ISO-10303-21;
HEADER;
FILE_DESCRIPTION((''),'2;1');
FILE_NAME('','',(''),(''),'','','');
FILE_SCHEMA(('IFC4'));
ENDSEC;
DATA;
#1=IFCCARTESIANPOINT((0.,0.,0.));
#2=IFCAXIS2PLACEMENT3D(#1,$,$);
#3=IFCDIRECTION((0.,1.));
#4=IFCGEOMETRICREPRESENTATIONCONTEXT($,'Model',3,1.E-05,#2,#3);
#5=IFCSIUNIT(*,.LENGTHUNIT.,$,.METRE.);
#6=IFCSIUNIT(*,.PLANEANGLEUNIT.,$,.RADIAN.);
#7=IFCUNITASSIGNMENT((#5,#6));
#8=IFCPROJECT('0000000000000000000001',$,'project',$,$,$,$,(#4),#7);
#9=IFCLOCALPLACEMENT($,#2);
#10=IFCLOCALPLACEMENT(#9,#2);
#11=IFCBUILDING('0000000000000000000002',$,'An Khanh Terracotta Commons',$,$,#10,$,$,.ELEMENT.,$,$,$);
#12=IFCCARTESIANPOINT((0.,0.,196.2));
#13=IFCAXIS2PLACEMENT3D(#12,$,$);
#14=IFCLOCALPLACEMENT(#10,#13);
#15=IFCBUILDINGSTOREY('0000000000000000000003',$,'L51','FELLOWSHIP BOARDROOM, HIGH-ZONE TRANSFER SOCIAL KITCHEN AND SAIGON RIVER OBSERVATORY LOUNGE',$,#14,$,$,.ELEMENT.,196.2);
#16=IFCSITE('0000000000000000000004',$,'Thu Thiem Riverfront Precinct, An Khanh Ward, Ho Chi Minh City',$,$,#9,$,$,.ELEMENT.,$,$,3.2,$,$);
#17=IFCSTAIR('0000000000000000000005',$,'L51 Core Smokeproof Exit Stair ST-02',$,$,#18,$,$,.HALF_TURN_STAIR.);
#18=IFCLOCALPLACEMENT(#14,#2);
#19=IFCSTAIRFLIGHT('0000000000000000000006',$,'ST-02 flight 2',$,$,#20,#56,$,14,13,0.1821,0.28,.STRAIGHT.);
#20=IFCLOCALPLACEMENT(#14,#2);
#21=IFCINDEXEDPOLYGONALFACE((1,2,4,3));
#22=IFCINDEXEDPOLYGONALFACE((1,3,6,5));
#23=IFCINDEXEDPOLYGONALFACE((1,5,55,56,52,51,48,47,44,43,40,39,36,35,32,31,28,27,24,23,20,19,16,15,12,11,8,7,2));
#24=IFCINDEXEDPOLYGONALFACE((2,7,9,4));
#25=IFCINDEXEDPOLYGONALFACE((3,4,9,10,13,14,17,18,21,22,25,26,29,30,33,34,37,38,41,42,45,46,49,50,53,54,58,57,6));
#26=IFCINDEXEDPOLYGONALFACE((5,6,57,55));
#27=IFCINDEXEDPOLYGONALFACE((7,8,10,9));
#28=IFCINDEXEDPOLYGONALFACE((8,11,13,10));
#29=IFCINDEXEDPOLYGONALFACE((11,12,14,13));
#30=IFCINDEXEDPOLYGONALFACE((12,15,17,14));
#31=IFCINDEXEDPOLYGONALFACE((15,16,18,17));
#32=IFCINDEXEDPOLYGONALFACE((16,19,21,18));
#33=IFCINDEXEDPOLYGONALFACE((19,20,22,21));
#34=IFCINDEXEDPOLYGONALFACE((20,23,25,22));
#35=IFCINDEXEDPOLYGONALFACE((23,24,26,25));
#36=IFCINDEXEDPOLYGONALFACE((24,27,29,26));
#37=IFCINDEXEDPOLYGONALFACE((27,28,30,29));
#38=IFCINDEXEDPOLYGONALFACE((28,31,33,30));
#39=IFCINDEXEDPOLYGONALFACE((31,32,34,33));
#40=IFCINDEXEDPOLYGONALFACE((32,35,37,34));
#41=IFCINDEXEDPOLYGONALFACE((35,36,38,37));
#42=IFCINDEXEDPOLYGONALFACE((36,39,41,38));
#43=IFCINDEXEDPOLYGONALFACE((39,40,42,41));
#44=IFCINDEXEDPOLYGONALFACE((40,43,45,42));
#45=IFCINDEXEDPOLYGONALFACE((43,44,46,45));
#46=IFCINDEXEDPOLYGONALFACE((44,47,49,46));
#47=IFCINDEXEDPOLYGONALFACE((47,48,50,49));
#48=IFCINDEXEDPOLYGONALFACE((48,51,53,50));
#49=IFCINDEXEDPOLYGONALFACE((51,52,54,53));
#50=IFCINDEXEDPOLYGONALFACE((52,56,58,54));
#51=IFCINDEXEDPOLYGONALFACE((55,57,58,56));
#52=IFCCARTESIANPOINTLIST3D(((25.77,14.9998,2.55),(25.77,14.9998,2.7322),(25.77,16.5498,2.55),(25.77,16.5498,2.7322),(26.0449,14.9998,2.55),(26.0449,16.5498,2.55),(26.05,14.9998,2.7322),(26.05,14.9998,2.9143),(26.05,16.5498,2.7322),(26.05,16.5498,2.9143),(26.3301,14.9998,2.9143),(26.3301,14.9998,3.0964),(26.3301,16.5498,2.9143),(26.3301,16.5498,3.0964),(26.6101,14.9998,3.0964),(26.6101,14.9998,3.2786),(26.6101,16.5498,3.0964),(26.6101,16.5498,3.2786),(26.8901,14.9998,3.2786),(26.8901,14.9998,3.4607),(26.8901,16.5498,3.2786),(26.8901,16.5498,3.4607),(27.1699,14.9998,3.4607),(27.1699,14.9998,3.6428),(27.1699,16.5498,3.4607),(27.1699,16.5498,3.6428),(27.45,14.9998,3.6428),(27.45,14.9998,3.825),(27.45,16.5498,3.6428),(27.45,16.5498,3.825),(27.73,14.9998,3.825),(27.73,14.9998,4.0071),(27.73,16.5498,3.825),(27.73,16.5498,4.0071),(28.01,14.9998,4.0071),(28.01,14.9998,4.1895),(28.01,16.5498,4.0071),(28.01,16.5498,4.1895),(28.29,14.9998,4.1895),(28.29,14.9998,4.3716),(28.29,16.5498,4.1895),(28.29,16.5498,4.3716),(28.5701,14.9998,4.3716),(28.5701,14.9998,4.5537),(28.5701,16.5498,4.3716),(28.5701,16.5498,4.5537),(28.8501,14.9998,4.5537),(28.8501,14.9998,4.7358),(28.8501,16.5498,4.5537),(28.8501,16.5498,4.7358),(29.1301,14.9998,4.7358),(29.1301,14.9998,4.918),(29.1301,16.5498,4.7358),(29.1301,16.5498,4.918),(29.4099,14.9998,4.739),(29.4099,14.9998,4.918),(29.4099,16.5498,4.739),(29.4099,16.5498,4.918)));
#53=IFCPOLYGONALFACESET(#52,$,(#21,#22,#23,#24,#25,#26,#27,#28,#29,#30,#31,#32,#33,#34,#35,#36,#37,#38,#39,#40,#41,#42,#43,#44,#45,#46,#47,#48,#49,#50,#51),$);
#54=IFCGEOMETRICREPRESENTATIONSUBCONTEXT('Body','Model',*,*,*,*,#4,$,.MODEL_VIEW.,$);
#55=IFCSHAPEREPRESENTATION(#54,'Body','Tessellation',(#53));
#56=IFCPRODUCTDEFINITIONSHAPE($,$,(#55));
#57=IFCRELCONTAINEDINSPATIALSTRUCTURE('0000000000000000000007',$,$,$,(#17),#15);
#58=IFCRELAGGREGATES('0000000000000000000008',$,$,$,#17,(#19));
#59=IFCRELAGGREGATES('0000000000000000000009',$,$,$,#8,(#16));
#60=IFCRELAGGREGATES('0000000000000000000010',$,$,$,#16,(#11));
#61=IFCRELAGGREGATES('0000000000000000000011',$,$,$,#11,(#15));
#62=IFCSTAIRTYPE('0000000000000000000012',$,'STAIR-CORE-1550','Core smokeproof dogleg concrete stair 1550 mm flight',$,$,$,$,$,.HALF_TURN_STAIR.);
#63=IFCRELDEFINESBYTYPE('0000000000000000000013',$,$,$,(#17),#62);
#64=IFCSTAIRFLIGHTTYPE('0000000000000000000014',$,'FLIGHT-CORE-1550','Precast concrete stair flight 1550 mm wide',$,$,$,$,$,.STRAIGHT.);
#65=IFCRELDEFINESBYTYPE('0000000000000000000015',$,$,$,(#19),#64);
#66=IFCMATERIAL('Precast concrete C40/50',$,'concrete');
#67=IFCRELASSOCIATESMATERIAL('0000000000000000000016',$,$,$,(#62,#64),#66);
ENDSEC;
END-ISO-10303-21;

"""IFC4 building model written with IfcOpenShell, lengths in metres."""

from ifc_helpers import new_model, si_unit, direction, frame, origin, place, context, subcontext, project, spatial, polyline, outline, extrude, material, type_object, element, aggregate, save


model = new_model("IFC4")

# Units and contexts
model_context = context("Model", 3, precision=1e-05, world=origin(), true_north=direction((0.0, 1.0)))
body_context = subcontext(model_context, "Body", "Model", "MODEL_VIEW")
ifc_project = project(units=[si_unit("LENGTHUNIT", "METRE"), si_unit("PLANEANGLEUNIT", "RADIAN")], contexts=[model_context])

# Site, building, storey
site_placement = place(None, origin())
site = spatial("IfcSite", under=ifc_project, at=site_placement, Name="Thu Thiem Riverfront Precinct, An Khanh Ward, Ho Chi Minh City", CompositionType="ELEMENT", RefElevation=3.2)
building_placement = place(site_placement, origin())
building = spatial("IfcBuilding", under=site, at=building_placement, Name="An Khanh Terracotta Commons", CompositionType="ELEMENT")
storey_placement = place(building_placement, frame((0.0, 0.0, 196.2)))
storey = spatial("IfcBuildingStorey", under=building, at=storey_placement, Name="L51", Description="FELLOWSHIP BOARDROOM, HIGH-ZONE TRANSFER SOCIAL KITCHEN AND SAIGON RIVER OBSERVATORY LOUNGE", CompositionType="ELEMENT", Elevation=196.2)

# Shared definitions
ifc_material_1 = material(Name="Precast concrete C40/50", Category="concrete")

# Stair, stair flight
stair_type = type_object("IfcStairType", Name="STAIR-CORE-1550", Description="Core smokeproof dogleg concrete stair 1550 mm flight", PredefinedType="HALF_TURN_STAIR", material=ifc_material_1)
stair_placement = place(storey_placement, origin())
stair = element("IfcStair", 1, at=stair_placement, inside=storey, type_object=stair_type, Name="L51 Core Smokeproof Exit Stair ST-02", PredefinedType="HALF_TURN_STAIR")
stair_flight_type = type_object("IfcStairFlightType", Name="FLIGHT-CORE-1550", Description="Precast concrete stair flight 1550 mm wide", PredefinedType="STRAIGHT", material=ifc_material_1)
stair_flight_placement = place(storey_placement, frame((25.77, 15.7749, 2.55), z_axis=(0.0, 0.0, 1.0), x_axis=(1.0, 0.0, 0.0)))
stair_flight = element("IfcStairFlight", 2, at=stair_flight_placement, type_object=stair_flight_type, Name="ST-02 flight 2", NumberOfRisers=14, NumberOfTreads=13, PredefinedType="STRAIGHT", RiserHeight=0.1821, TreadLength=0.28, context=body_context, shape_type="SweptSolid", body=[
    extrude(outline(polyline([(0.0, 0.0), (0.0, 0.1821), (0.28, 0.1821), (0.28, 0.3643), (0.5601, 0.3643), (0.5601, 0.5464), (0.8401, 0.5464), (0.8401, 0.7285), (1.1201, 0.7285), (1.1201, 0.9106), (1.3999, 0.9106), (1.3999, 1.0928), (1.6799, 1.0928), (1.6799, 1.2749), (1.96, 1.2749), (1.96, 1.457), (2.24, 1.457), (2.24, 1.6394), (2.52, 1.6394), (2.52, 1.8215), (2.8, 1.8215), (2.8, 2.0037), (3.0801, 2.0037), (3.0801, 2.1858), (3.3601, 2.1858), (3.3601, 2.3679), (3.6399, 2.3679), (3.6399, 2.55), (3.6399, 2.189), (0.2749, 0.0), (0.0, 0.0)])), frame((0.0, 0.7749, 0.0), z_axis=(0.0, -1.0, 0.0), x_axis=(1.0, 0.0, 0.0)), (0.0, 0.0, 1.0), 1.55),
])
aggregate(stair, [stair_flight])

save(model, "model.ifc")
